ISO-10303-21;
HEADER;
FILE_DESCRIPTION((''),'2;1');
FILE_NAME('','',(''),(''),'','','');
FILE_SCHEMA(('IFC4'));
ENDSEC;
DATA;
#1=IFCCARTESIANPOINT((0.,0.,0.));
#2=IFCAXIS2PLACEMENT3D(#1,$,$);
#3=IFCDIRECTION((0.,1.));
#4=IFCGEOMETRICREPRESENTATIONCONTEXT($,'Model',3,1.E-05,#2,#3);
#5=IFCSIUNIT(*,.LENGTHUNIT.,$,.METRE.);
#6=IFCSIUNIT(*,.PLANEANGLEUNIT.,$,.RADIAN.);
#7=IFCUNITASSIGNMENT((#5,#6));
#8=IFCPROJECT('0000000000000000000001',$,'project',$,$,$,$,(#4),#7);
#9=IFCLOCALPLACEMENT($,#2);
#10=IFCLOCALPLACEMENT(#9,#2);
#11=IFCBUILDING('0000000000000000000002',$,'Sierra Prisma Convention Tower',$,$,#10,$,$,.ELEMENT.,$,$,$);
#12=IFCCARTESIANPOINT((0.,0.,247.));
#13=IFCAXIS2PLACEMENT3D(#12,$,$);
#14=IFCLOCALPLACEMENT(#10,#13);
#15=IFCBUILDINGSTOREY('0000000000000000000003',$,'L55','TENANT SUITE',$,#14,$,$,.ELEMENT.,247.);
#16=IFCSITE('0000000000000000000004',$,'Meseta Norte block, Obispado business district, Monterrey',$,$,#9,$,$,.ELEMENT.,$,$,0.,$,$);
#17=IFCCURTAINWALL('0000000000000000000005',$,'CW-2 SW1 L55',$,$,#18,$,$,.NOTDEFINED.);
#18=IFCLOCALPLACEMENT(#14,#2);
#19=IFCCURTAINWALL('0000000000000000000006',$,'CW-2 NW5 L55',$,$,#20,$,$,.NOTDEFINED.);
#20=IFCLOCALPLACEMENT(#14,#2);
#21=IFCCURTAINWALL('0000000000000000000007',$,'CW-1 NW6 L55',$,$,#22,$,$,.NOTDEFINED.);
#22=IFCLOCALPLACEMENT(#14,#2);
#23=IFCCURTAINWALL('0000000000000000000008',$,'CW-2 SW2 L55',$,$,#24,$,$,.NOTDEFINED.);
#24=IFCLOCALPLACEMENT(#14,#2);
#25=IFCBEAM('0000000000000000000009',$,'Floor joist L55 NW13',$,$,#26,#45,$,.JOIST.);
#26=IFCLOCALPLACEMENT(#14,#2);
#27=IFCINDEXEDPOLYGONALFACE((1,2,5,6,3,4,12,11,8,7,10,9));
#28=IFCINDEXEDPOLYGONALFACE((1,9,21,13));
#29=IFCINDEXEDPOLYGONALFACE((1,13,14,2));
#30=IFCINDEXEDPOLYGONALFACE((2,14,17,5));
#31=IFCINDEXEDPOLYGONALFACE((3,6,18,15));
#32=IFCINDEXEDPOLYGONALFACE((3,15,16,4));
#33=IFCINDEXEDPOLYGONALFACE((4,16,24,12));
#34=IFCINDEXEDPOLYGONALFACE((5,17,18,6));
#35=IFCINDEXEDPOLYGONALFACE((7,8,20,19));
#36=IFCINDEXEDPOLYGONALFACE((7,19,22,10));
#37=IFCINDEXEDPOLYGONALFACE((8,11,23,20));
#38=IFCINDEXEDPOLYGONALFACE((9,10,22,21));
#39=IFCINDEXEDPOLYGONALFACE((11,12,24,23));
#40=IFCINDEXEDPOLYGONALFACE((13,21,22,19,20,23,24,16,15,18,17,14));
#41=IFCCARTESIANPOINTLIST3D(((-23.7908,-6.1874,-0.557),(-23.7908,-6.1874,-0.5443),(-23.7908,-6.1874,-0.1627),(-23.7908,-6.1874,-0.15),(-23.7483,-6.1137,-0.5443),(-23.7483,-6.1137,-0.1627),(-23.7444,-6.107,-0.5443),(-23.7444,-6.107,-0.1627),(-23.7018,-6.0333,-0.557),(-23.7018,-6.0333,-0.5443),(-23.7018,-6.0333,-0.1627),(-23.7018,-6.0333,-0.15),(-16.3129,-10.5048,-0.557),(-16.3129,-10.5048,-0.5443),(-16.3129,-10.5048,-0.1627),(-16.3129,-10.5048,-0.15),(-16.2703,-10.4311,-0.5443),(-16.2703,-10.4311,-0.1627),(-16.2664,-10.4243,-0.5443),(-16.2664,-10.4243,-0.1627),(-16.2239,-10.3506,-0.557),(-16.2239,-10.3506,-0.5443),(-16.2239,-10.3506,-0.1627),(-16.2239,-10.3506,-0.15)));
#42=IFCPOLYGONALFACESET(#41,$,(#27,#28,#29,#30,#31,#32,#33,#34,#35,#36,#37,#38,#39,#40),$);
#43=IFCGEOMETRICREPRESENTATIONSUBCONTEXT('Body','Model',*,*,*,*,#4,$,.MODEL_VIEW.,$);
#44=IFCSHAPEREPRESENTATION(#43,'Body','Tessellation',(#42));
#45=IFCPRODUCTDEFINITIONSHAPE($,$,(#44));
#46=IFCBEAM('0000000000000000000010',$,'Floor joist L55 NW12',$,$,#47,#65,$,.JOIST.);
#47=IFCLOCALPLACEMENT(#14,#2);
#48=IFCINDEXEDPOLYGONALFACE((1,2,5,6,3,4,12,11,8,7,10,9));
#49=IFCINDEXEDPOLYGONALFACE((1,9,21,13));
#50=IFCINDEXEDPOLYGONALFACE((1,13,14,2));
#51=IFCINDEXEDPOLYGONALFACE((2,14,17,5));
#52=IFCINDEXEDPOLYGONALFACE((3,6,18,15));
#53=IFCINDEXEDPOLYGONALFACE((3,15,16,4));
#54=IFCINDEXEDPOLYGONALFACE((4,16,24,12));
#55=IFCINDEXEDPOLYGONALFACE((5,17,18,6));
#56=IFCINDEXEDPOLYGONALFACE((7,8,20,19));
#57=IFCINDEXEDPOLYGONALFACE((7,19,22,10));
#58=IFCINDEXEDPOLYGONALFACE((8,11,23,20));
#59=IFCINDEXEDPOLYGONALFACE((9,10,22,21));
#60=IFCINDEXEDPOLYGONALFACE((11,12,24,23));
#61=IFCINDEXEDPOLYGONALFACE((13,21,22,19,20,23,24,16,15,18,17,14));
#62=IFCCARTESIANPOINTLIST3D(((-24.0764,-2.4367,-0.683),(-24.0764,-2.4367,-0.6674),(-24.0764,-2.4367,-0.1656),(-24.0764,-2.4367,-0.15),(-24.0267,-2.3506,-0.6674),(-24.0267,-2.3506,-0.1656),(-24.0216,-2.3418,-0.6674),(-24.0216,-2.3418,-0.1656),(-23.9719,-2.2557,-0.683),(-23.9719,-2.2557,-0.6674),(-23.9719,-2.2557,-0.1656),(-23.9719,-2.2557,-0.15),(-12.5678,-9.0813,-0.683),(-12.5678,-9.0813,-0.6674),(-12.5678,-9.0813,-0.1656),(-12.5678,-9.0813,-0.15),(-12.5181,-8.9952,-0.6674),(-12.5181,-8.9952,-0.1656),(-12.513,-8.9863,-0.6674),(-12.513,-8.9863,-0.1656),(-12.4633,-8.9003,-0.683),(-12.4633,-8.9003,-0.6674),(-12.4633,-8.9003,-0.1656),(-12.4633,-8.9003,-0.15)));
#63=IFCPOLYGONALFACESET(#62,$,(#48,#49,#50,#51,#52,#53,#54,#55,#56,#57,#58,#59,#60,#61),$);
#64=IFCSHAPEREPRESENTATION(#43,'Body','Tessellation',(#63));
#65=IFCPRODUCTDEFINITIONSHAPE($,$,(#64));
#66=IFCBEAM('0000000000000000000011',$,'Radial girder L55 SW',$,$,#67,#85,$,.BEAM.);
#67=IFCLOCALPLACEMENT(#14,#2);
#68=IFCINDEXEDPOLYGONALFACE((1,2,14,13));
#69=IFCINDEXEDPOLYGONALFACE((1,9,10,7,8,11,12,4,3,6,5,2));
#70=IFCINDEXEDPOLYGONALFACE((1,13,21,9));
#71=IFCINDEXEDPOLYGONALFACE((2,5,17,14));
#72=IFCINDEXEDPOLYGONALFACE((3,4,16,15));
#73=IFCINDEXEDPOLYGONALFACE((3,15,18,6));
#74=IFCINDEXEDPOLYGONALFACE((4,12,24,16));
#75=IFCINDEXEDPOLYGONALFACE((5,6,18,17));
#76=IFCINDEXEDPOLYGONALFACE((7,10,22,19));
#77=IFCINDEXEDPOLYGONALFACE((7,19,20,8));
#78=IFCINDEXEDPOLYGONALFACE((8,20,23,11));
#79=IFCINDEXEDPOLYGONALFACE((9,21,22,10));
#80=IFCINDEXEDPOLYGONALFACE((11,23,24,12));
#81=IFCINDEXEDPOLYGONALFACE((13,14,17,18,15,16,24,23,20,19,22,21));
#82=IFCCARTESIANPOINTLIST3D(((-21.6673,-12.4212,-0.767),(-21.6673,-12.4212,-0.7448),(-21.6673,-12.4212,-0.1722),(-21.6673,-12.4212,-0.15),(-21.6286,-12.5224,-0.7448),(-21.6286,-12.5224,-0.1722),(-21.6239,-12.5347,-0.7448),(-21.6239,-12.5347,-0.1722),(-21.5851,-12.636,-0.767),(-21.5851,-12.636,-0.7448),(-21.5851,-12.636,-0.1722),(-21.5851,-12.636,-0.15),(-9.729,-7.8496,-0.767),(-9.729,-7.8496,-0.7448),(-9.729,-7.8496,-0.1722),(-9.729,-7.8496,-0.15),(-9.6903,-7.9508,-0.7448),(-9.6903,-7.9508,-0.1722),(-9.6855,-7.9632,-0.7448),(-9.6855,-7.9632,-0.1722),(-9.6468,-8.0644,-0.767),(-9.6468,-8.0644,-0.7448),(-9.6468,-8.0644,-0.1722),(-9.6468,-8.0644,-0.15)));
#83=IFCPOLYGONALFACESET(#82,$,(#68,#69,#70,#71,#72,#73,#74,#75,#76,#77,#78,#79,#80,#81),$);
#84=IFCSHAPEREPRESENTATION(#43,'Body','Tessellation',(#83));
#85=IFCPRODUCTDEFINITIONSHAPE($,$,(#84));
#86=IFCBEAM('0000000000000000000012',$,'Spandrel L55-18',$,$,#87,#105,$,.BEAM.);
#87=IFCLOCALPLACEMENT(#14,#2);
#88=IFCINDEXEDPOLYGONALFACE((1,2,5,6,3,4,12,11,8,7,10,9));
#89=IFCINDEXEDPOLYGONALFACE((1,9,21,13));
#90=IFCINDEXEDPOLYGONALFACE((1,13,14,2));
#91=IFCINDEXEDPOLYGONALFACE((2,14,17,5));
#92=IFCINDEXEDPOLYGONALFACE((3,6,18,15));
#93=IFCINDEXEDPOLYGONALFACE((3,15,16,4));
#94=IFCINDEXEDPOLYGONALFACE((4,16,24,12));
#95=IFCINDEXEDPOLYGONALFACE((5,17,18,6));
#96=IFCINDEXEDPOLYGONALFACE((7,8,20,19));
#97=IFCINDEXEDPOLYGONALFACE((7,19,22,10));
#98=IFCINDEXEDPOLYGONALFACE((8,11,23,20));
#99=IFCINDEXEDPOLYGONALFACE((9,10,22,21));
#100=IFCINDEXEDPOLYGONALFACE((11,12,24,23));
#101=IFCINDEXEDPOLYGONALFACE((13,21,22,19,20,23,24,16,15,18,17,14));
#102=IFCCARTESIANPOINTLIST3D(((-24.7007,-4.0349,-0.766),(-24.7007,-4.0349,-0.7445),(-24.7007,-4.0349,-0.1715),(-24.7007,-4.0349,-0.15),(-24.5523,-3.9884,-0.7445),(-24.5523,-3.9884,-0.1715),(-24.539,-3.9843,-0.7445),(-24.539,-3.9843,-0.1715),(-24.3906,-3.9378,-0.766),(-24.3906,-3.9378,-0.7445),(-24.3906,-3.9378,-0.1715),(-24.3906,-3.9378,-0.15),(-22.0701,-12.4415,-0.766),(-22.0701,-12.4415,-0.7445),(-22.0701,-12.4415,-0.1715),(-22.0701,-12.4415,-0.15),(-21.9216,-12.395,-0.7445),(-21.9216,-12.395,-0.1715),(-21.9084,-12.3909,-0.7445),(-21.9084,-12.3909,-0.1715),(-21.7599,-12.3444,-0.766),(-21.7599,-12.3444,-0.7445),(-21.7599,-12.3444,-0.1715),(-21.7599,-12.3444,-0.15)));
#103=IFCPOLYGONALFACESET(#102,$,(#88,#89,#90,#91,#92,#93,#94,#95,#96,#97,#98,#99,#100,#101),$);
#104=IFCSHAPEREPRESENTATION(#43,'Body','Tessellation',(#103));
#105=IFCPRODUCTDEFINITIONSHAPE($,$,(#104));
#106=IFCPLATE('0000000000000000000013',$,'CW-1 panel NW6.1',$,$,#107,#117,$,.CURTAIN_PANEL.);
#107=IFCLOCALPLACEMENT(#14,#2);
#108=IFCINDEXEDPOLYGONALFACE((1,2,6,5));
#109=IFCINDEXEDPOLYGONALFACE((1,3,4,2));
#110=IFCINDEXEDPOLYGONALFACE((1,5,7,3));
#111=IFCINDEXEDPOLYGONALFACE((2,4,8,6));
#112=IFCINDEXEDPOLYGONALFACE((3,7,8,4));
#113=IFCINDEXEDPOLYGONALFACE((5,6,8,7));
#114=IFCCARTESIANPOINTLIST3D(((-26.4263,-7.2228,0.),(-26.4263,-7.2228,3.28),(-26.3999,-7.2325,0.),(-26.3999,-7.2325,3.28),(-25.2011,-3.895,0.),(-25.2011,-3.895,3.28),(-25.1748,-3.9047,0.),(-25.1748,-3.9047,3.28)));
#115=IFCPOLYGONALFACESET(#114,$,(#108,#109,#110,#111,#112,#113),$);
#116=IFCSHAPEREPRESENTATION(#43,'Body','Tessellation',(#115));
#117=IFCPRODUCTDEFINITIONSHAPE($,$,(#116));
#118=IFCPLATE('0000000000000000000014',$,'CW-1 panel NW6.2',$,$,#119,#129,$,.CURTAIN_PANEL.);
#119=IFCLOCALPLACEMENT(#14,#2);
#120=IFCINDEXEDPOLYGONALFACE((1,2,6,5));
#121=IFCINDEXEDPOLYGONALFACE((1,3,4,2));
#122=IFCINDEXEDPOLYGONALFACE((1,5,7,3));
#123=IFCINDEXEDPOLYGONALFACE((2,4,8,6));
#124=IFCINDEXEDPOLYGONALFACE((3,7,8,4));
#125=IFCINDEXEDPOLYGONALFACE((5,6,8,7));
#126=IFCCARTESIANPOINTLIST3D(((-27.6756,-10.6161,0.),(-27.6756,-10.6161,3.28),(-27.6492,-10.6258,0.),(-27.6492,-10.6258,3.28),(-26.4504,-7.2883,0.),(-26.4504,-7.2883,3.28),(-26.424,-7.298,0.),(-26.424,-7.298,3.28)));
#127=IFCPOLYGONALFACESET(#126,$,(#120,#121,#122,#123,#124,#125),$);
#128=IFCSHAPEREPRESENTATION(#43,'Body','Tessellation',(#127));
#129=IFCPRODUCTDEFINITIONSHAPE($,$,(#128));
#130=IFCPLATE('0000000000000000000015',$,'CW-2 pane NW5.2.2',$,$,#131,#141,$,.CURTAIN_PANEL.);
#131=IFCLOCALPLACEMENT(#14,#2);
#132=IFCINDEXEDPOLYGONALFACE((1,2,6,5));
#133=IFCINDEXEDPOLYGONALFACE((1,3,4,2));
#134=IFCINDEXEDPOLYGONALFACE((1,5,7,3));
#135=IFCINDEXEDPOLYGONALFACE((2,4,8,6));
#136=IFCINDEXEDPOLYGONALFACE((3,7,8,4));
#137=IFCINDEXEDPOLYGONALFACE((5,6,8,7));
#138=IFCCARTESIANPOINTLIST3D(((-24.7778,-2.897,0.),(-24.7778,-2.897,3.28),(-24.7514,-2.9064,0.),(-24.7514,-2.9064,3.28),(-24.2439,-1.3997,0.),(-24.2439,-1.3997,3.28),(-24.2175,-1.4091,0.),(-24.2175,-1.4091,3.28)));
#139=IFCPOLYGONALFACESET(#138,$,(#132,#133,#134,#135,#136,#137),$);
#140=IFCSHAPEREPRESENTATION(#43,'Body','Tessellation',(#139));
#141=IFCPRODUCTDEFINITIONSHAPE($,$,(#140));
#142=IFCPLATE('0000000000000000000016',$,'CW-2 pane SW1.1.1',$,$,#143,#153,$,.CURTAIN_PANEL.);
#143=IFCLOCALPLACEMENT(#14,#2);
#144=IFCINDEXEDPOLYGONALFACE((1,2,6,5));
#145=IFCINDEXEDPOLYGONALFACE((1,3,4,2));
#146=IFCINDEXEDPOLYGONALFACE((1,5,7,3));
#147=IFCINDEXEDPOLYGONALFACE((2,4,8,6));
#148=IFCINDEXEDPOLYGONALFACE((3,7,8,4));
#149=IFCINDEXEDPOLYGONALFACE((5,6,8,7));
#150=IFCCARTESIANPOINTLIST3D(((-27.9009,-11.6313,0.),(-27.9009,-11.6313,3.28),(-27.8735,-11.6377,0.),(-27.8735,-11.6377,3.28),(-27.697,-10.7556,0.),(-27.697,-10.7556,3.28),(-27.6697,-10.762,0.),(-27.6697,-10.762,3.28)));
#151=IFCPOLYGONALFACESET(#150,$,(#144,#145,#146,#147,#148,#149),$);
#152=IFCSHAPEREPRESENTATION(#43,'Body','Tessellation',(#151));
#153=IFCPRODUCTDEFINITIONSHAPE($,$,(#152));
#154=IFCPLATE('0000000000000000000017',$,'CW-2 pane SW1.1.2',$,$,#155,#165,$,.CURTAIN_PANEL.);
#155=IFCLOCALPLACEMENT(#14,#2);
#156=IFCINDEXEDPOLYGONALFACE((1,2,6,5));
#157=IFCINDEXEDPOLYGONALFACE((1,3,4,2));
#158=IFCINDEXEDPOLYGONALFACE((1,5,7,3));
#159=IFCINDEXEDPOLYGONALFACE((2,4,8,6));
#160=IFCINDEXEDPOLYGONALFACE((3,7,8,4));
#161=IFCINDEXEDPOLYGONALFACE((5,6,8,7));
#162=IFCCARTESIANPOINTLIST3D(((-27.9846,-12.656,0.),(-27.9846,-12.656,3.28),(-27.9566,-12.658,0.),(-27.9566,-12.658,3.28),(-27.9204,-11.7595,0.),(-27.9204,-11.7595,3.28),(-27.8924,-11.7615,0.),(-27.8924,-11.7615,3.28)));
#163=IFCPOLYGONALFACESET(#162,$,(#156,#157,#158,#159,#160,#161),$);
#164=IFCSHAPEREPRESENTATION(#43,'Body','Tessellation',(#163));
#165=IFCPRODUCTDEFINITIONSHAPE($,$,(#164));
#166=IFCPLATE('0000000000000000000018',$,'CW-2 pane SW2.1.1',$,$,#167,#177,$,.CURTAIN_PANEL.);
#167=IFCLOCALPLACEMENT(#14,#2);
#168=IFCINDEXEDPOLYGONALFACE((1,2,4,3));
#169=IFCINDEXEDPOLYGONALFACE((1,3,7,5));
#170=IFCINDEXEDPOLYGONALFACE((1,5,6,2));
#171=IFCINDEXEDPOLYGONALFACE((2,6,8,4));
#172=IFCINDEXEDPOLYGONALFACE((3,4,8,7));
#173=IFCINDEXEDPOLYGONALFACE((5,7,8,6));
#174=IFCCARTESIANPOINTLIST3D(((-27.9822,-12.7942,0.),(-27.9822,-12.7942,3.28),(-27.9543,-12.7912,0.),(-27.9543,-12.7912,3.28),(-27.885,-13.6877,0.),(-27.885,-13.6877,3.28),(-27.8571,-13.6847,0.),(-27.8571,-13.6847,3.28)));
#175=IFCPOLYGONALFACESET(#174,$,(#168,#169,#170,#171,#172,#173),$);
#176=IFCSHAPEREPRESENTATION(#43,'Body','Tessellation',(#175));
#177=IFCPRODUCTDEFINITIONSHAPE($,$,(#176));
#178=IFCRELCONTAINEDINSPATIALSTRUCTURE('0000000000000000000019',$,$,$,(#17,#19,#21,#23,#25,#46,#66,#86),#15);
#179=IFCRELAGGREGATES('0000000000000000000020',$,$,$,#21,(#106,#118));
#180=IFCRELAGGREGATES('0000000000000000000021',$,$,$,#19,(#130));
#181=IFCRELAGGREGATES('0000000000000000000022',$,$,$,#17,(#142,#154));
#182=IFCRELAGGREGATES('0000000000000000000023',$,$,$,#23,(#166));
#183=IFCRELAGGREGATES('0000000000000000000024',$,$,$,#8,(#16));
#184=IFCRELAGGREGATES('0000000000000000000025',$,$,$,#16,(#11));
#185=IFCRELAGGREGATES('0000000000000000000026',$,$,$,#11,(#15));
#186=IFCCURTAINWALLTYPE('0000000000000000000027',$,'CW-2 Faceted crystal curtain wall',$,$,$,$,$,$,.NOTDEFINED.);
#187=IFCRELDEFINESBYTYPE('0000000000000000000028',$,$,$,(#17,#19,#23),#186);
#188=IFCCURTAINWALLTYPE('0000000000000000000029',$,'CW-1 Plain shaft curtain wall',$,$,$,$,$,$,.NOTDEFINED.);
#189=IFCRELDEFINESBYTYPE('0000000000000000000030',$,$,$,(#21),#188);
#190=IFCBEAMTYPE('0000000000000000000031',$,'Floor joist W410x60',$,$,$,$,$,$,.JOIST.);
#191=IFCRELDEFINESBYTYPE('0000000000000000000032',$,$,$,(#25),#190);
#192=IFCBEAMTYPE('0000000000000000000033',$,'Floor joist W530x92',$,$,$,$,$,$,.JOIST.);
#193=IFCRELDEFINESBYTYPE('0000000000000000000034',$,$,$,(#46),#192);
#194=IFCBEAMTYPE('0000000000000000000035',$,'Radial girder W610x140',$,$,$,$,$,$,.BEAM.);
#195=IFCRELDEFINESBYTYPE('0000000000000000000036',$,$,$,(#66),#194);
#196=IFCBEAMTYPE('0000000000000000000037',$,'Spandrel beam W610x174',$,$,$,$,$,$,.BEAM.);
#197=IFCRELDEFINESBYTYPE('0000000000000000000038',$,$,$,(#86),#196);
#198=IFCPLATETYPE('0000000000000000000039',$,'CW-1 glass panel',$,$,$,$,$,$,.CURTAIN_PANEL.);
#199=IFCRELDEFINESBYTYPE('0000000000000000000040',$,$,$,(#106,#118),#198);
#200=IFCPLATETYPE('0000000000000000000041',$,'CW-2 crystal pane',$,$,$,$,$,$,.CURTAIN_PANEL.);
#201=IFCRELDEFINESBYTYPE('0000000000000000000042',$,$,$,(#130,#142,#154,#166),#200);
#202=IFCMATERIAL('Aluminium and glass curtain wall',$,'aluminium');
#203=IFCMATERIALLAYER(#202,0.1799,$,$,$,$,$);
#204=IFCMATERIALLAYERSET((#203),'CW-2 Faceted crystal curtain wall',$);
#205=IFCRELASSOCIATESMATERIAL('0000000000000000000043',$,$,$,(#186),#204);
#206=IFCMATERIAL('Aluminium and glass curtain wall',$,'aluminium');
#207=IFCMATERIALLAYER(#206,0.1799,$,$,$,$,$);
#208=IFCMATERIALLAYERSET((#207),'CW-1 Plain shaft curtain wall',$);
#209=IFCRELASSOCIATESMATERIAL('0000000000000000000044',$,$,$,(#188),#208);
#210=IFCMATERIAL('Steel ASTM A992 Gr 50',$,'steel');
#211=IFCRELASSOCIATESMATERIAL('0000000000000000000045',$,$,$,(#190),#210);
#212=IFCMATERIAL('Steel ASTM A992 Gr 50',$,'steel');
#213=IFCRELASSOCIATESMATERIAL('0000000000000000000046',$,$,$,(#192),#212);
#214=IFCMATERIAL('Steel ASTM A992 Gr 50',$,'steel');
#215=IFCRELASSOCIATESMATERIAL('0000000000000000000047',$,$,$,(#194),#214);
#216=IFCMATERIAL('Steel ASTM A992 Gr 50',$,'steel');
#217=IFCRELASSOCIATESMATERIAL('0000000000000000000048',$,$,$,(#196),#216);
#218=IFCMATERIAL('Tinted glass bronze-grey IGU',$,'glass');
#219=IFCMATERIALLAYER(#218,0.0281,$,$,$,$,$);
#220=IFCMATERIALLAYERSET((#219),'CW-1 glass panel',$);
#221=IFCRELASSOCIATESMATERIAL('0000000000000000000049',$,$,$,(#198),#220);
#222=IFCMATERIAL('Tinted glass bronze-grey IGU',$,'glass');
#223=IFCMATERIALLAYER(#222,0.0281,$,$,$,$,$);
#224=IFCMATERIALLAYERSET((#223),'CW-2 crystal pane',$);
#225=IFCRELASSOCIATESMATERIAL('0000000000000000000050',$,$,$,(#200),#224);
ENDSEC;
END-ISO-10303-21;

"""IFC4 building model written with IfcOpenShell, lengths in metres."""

from ifc_helpers import new_model, si_unit, direction, frame, origin, origin_2d, place, context, subcontext, project, spatial, polyline, rectangle, i_section, outline, extrude, material, layer, layer_set, material_profile, profile_set, type_object, element, aggregate, save


model = new_model("IFC4")

# Units and contexts
model_context = context("Model", 3, precision=1e-05, world=origin(), true_north=direction((0.0, 1.0)))
body_context = subcontext(model_context, "Body", "Model", "MODEL_VIEW")
ifc_project = project(units=[si_unit("LENGTHUNIT", "METRE"), si_unit("PLANEANGLEUNIT", "RADIAN")], contexts=[model_context])

# Site, building, storey
site_placement = place(None, origin())
site = spatial("IfcSite", under=ifc_project, at=site_placement, Name="Meseta Norte block, Obispado business district, Monterrey", CompositionType="ELEMENT", RefElevation=0.0)
building_placement = place(site_placement, origin())
building = spatial("IfcBuilding", under=site, at=building_placement, Name="Sierra Prisma Convention Tower", CompositionType="ELEMENT")
storey_placement = place(building_placement, frame((0.0, 0.0, 247.0)))
storey = spatial("IfcBuildingStorey", under=building, at=storey_placement, Name="L55", Description="TENANT SUITE", CompositionType="ELEMENT", Elevation=247.0)

# Curtain walls
ifc_material_1 = material(Name="Aluminium and glass curtain wall", Category="aluminium")
ifc_layer_1 = layer(ifc_material_1, 0.1799)
ifc_layer_set_1 = layer_set([ifc_layer_1], Name="CW-2 Faceted crystal curtain wall")
curtain_wall_type_1 = type_object("IfcCurtainWallType", Name="CW-2 Faceted crystal curtain wall", PredefinedType="NOTDEFINED", material=ifc_layer_set_1)
curtain_wall_1_placement = place(storey_placement, origin())
curtain_wall_1 = element("IfcCurtainWall", 1, at=curtain_wall_1_placement, inside=storey, type_object=curtain_wall_type_1, Name="CW-2 SW1 L55", PredefinedType="NOTDEFINED")
curtain_wall_2_placement = place(storey_placement, origin())
curtain_wall_2 = element("IfcCurtainWall", 2, at=curtain_wall_2_placement, inside=storey, type_object=curtain_wall_type_1, Name="CW-2 NW5 L55", PredefinedType="NOTDEFINED")
ifc_material_2 = material(Name="Aluminium and glass curtain wall", Category="aluminium")
ifc_layer_2 = layer(ifc_material_2, 0.1799)
ifc_layer_set_2 = layer_set([ifc_layer_2], Name="CW-1 Plain shaft curtain wall")
curtain_wall_type_2 = type_object("IfcCurtainWallType", Name="CW-1 Plain shaft curtain wall", PredefinedType="NOTDEFINED", material=ifc_layer_set_2)
curtain_wall_3_placement = place(storey_placement, origin())
curtain_wall_3 = element("IfcCurtainWall", 3, at=curtain_wall_3_placement, inside=storey, type_object=curtain_wall_type_2, Name="CW-1 NW6 L55", PredefinedType="NOTDEFINED")

# Curtain wall
curtain_wall_4_placement = place(storey_placement, origin())
curtain_wall_4 = element("IfcCurtainWall", 4, at=curtain_wall_4_placement, inside=storey, type_object=curtain_wall_type_1, Name="CW-2 SW2 L55", PredefinedType="NOTDEFINED")

# Beams
ifc_material_3 = material(Name="Steel ASTM A992 Gr 50", Category="steel")
ifc_material_profile_1 = material_profile(ifc_material_3, i_section(OverallWidth=0.178, OverallDepth=0.407, WebThickness=0.0078, FlangeThickness=0.0127, at=origin_2d()), Name="W410x60")
ifc_profile_set_1 = profile_set([ifc_material_profile_1], Name="Steel ASTM A992 Gr 50")
beam_type_1 = type_object("IfcBeamType", Name="Floor joist W410x60", PredefinedType="JOIST", material=ifc_profile_set_1)
beam_1_placement = place(storey_placement, frame((-23.7463, -6.1104, -0.3535), z_axis=(0.866028, -0.499995, 0.0), x_axis=(0.499995, 0.866028, 0.0)))
element("IfcBeam", 5, at=beam_1_placement, inside=storey, type_object=beam_type_1, Name="Floor joist L55 NW13", PredefinedType="JOIST", context=body_context, shape_type="SweptSolid", body=[
    extrude(i_section(OverallWidth=0.178, OverallDepth=0.407, WebThickness=0.0078, FlangeThickness=0.0127, at=origin_2d()), origin(), (0.0, 0.0, 1.0), 8.6348),
])
ifc_material_4 = material(Name="Steel ASTM A992 Gr 50", Category="steel")
ifc_material_profile_2 = material_profile(ifc_material_4, i_section(OverallWidth=0.209, OverallDepth=0.533, WebThickness=0.0103, FlangeThickness=0.0156, at=origin_2d()), Name="W530x92")
ifc_profile_set_2 = profile_set([ifc_material_profile_2], Name="Steel ASTM A992 Gr 50")
beam_type_2 = type_object("IfcBeamType", Name="Floor joist W530x92", PredefinedType="JOIST", material=ifc_profile_set_2)
beam_2_placement = place(storey_placement, frame((-24.0242, -2.3462, -0.4165), z_axis=(0.866023, -0.500004, 0.0), x_axis=(0.500004, 0.866023, 0.0)))
element("IfcBeam", 6, at=beam_2_placement, inside=storey, type_object=beam_type_2, Name="Floor joist L55 NW12", PredefinedType="JOIST", context=body_context, shape_type="SweptSolid", body=[
    extrude(i_section(OverallWidth=0.209, OverallDepth=0.533, WebThickness=0.0103, FlangeThickness=0.0156, at=origin_2d()), origin(), (0.0, 0.0, 1.0), 13.2891),
])
ifc_material_5 = material(Name="Steel ASTM A992 Gr 50", Category="steel")
ifc_material_profile_3 = material_profile(ifc_material_5, i_section(OverallWidth=0.23, OverallDepth=0.6169, WebThickness=0.0132, FlangeThickness=0.0222, at=origin_2d()), Name="W610x140")
ifc_profile_set_3 = profile_set([ifc_material_profile_3], Name="Steel ASTM A992 Gr 50")
beam_type_3 = type_object("IfcBeamType", Name="Radial girder W610x140", PredefinedType="BEAM", material=ifc_profile_set_3)
beam_3_placement = place(storey_placement, frame((-21.6262, -12.5286, -0.4585), z_axis=(0.933871, 0.357609, 0.0), x_axis=(-0.357609, 0.933871, 0.0)))
element("IfcBeam", 7, at=beam_3_placement, inside=storey, type_object=beam_type_3, Name="Radial girder L55 SW", PredefinedType="BEAM", context=body_context, shape_type="SweptSolid", body=[
    extrude(i_section(OverallWidth=0.23, OverallDepth=0.6169, WebThickness=0.0132, FlangeThickness=0.0222, at=origin_2d()), origin(), (0.0, 0.0, 1.0), 12.7837),
])
ifc_material_6 = material(Name="Steel ASTM A992 Gr 50", Category="steel")
ifc_material_profile_4 = material_profile(ifc_material_6, i_section(OverallWidth=0.325, OverallDepth=0.616, WebThickness=0.0139, FlangeThickness=0.0215, at=origin_2d()), Name="W610x174")
ifc_profile_set_4 = profile_set([ifc_material_profile_4], Name="Steel ASTM A992 Gr 50")
beam_type_4 = type_object("IfcBeamType", Name="Spandrel beam W610x174", PredefinedType="BEAM", material=ifc_profile_set_4)
beam_4_placement = place(storey_placement, frame((-24.5457, -3.9863, -0.458), z_axis=(0.298646, -0.954364, 0.0), x_axis=(0.954364, 0.298646, 0.0)))
element("IfcBeam", 8, at=beam_4_placement, inside=storey, type_object=beam_type_4, Name="Spandrel L55-18", PredefinedType="BEAM", context=body_context, shape_type="SweptSolid", body=[
    extrude(i_section(OverallWidth=0.325, OverallDepth=0.616, WebThickness=0.0139, FlangeThickness=0.0215, at=origin_2d()), origin(), (0.0, 0.0, 1.0), 8.8086),
])

# Plates
ifc_material_7 = material(Name="Tinted glass bronze-grey IGU", Category="glass")
ifc_layer_3 = layer(ifc_material_7, 0.0281)
ifc_layer_set_3 = layer_set([ifc_layer_3], Name="CW-1 glass panel")
plate_type_1 = type_object("IfcPlateType", Name="CW-1 glass panel", PredefinedType="CURTAIN_PANEL", material=ifc_layer_set_3)
plate_1_placement = place(storey_placement, frame((-25.8005, -5.5637, 0.0), z_axis=(0.0, 0.0, 1.0), x_axis=(-0.345492, -0.938422, 0.0)))
plate_1 = element("IfcPlate", 9, at=plate_1_placement, type_object=plate_type_1, Name="CW-1 panel NW6.1", PredefinedType="CURTAIN_PANEL", context=body_context, shape_type="SweptSolid", body=[
    extrude(rectangle(XDim=3.5461, YDim=0.0281, at=origin_2d()), origin(), (0.0, 0.0, 1.0), 3.28),
])
plate_2_placement = place(storey_placement, frame((-27.0498, -8.957, 0.0), z_axis=(0.0, 0.0, 1.0), x_axis=(-0.345492, -0.938422, 0.0)))
plate_2 = element("IfcPlate", 10, at=plate_2_placement, type_object=plate_type_1, Name="CW-1 panel NW6.2", PredefinedType="CURTAIN_PANEL", context=body_context, shape_type="SweptSolid", body=[
    extrude(rectangle(XDim=3.5461, YDim=0.0281, at=origin_2d()), origin(), (0.0, 0.0, 1.0), 3.28),
])
aggregate(curtain_wall_3, [plate_1, plate_2])
ifc_material_8 = material(Name="Tinted glass bronze-grey IGU", Category="glass")
ifc_layer_4 = layer(ifc_material_8, 0.0281)
ifc_layer_set_4 = layer_set([ifc_layer_4], Name="CW-2 crystal pane")
plate_type_2 = type_object("IfcPlateType", Name="CW-2 crystal pane", PredefinedType="CURTAIN_PANEL", material=ifc_layer_set_4)
plate_3_placement = place(storey_placement, frame((-24.7778, -2.897, 0.0), z_axis=(-0.941905, 0.335879, 0.0), x_axis=(0.335879, 0.941905, 0.0)))
plate_3 = element("IfcPlate", 11, at=plate_3_placement, type_object=plate_type_2, Name="CW-2 pane NW5.2.2", PredefinedType="CURTAIN_PANEL", context=body_context, shape_type="SweptSolid", body=[
    extrude(outline(polyline([(0.0, 0.0), (1.5897, 0.0), (1.5897, -3.28), (0.0, -3.28), (0.0, 0.0)])), origin(), (0.0, 0.0, -1.0), 0.0281),
])
aggregate(curtain_wall_2, [plate_3])
plate_4_placement = place(storey_placement, frame((-27.697, -10.7556, 0.0), z_axis=(-0.973959, 0.226723, 0.0), x_axis=(-0.226723, -0.973959, 0.0)))
plate_4 = element("IfcPlate", 12, at=plate_4_placement, type_object=plate_type_2, Name="CW-2 pane SW1.1.1", PredefinedType="CURTAIN_PANEL", context=body_context, shape_type="SweptSolid", body=[
    extrude(outline(polyline([(0.0, 0.0), (0.8991, 0.0), (0.8991, 3.28), (0.0, 3.28), (0.0, 0.0)])), origin(), (0.0, 0.0, -1.0), 0.0281),
])
plate_5_placement = place(storey_placement, frame((-27.9846, -12.656, 0.0), z_axis=(-0.997445, 0.07144, 0.0), x_axis=(0.07144, 0.997445, 0.0)))
plate_5 = element("IfcPlate", 13, at=plate_5_placement, type_object=plate_type_2, Name="CW-2 pane SW1.1.2", PredefinedType="CURTAIN_PANEL", context=body_context, shape_type="SweptSolid", body=[
    extrude(outline(polyline([(0.0, 0.0), (0.8988, 0.0), (0.8988, -3.28), (0.0, -3.28), (0.0, 0.0)])), origin(), (0.0, 0.0, -1.0), 0.0281),
])
aggregate(curtain_wall_1, [plate_4, plate_5])
plate_6_placement = place(storey_placement, frame((-27.9822, -12.7942, 0.0), z_axis=(-0.994139, -0.108106, 0.0), x_axis=(0.108106, -0.994139, 0.0)))
plate_6 = element("IfcPlate", 14, at=plate_6_placement, type_object=plate_type_2, Name="CW-2 pane SW2.1.1", PredefinedType="CURTAIN_PANEL", context=body_context, shape_type="SweptSolid", body=[
    extrude(outline(polyline([(0.0, 0.0), (0.8988, 0.0), (0.8988, 3.28), (0.0, 3.28), (0.0, 0.0)])), origin(), (0.0, 0.0, -1.0), 0.0281),
])
aggregate(curtain_wall_4, [plate_6])

save(model, "model.ifc")
